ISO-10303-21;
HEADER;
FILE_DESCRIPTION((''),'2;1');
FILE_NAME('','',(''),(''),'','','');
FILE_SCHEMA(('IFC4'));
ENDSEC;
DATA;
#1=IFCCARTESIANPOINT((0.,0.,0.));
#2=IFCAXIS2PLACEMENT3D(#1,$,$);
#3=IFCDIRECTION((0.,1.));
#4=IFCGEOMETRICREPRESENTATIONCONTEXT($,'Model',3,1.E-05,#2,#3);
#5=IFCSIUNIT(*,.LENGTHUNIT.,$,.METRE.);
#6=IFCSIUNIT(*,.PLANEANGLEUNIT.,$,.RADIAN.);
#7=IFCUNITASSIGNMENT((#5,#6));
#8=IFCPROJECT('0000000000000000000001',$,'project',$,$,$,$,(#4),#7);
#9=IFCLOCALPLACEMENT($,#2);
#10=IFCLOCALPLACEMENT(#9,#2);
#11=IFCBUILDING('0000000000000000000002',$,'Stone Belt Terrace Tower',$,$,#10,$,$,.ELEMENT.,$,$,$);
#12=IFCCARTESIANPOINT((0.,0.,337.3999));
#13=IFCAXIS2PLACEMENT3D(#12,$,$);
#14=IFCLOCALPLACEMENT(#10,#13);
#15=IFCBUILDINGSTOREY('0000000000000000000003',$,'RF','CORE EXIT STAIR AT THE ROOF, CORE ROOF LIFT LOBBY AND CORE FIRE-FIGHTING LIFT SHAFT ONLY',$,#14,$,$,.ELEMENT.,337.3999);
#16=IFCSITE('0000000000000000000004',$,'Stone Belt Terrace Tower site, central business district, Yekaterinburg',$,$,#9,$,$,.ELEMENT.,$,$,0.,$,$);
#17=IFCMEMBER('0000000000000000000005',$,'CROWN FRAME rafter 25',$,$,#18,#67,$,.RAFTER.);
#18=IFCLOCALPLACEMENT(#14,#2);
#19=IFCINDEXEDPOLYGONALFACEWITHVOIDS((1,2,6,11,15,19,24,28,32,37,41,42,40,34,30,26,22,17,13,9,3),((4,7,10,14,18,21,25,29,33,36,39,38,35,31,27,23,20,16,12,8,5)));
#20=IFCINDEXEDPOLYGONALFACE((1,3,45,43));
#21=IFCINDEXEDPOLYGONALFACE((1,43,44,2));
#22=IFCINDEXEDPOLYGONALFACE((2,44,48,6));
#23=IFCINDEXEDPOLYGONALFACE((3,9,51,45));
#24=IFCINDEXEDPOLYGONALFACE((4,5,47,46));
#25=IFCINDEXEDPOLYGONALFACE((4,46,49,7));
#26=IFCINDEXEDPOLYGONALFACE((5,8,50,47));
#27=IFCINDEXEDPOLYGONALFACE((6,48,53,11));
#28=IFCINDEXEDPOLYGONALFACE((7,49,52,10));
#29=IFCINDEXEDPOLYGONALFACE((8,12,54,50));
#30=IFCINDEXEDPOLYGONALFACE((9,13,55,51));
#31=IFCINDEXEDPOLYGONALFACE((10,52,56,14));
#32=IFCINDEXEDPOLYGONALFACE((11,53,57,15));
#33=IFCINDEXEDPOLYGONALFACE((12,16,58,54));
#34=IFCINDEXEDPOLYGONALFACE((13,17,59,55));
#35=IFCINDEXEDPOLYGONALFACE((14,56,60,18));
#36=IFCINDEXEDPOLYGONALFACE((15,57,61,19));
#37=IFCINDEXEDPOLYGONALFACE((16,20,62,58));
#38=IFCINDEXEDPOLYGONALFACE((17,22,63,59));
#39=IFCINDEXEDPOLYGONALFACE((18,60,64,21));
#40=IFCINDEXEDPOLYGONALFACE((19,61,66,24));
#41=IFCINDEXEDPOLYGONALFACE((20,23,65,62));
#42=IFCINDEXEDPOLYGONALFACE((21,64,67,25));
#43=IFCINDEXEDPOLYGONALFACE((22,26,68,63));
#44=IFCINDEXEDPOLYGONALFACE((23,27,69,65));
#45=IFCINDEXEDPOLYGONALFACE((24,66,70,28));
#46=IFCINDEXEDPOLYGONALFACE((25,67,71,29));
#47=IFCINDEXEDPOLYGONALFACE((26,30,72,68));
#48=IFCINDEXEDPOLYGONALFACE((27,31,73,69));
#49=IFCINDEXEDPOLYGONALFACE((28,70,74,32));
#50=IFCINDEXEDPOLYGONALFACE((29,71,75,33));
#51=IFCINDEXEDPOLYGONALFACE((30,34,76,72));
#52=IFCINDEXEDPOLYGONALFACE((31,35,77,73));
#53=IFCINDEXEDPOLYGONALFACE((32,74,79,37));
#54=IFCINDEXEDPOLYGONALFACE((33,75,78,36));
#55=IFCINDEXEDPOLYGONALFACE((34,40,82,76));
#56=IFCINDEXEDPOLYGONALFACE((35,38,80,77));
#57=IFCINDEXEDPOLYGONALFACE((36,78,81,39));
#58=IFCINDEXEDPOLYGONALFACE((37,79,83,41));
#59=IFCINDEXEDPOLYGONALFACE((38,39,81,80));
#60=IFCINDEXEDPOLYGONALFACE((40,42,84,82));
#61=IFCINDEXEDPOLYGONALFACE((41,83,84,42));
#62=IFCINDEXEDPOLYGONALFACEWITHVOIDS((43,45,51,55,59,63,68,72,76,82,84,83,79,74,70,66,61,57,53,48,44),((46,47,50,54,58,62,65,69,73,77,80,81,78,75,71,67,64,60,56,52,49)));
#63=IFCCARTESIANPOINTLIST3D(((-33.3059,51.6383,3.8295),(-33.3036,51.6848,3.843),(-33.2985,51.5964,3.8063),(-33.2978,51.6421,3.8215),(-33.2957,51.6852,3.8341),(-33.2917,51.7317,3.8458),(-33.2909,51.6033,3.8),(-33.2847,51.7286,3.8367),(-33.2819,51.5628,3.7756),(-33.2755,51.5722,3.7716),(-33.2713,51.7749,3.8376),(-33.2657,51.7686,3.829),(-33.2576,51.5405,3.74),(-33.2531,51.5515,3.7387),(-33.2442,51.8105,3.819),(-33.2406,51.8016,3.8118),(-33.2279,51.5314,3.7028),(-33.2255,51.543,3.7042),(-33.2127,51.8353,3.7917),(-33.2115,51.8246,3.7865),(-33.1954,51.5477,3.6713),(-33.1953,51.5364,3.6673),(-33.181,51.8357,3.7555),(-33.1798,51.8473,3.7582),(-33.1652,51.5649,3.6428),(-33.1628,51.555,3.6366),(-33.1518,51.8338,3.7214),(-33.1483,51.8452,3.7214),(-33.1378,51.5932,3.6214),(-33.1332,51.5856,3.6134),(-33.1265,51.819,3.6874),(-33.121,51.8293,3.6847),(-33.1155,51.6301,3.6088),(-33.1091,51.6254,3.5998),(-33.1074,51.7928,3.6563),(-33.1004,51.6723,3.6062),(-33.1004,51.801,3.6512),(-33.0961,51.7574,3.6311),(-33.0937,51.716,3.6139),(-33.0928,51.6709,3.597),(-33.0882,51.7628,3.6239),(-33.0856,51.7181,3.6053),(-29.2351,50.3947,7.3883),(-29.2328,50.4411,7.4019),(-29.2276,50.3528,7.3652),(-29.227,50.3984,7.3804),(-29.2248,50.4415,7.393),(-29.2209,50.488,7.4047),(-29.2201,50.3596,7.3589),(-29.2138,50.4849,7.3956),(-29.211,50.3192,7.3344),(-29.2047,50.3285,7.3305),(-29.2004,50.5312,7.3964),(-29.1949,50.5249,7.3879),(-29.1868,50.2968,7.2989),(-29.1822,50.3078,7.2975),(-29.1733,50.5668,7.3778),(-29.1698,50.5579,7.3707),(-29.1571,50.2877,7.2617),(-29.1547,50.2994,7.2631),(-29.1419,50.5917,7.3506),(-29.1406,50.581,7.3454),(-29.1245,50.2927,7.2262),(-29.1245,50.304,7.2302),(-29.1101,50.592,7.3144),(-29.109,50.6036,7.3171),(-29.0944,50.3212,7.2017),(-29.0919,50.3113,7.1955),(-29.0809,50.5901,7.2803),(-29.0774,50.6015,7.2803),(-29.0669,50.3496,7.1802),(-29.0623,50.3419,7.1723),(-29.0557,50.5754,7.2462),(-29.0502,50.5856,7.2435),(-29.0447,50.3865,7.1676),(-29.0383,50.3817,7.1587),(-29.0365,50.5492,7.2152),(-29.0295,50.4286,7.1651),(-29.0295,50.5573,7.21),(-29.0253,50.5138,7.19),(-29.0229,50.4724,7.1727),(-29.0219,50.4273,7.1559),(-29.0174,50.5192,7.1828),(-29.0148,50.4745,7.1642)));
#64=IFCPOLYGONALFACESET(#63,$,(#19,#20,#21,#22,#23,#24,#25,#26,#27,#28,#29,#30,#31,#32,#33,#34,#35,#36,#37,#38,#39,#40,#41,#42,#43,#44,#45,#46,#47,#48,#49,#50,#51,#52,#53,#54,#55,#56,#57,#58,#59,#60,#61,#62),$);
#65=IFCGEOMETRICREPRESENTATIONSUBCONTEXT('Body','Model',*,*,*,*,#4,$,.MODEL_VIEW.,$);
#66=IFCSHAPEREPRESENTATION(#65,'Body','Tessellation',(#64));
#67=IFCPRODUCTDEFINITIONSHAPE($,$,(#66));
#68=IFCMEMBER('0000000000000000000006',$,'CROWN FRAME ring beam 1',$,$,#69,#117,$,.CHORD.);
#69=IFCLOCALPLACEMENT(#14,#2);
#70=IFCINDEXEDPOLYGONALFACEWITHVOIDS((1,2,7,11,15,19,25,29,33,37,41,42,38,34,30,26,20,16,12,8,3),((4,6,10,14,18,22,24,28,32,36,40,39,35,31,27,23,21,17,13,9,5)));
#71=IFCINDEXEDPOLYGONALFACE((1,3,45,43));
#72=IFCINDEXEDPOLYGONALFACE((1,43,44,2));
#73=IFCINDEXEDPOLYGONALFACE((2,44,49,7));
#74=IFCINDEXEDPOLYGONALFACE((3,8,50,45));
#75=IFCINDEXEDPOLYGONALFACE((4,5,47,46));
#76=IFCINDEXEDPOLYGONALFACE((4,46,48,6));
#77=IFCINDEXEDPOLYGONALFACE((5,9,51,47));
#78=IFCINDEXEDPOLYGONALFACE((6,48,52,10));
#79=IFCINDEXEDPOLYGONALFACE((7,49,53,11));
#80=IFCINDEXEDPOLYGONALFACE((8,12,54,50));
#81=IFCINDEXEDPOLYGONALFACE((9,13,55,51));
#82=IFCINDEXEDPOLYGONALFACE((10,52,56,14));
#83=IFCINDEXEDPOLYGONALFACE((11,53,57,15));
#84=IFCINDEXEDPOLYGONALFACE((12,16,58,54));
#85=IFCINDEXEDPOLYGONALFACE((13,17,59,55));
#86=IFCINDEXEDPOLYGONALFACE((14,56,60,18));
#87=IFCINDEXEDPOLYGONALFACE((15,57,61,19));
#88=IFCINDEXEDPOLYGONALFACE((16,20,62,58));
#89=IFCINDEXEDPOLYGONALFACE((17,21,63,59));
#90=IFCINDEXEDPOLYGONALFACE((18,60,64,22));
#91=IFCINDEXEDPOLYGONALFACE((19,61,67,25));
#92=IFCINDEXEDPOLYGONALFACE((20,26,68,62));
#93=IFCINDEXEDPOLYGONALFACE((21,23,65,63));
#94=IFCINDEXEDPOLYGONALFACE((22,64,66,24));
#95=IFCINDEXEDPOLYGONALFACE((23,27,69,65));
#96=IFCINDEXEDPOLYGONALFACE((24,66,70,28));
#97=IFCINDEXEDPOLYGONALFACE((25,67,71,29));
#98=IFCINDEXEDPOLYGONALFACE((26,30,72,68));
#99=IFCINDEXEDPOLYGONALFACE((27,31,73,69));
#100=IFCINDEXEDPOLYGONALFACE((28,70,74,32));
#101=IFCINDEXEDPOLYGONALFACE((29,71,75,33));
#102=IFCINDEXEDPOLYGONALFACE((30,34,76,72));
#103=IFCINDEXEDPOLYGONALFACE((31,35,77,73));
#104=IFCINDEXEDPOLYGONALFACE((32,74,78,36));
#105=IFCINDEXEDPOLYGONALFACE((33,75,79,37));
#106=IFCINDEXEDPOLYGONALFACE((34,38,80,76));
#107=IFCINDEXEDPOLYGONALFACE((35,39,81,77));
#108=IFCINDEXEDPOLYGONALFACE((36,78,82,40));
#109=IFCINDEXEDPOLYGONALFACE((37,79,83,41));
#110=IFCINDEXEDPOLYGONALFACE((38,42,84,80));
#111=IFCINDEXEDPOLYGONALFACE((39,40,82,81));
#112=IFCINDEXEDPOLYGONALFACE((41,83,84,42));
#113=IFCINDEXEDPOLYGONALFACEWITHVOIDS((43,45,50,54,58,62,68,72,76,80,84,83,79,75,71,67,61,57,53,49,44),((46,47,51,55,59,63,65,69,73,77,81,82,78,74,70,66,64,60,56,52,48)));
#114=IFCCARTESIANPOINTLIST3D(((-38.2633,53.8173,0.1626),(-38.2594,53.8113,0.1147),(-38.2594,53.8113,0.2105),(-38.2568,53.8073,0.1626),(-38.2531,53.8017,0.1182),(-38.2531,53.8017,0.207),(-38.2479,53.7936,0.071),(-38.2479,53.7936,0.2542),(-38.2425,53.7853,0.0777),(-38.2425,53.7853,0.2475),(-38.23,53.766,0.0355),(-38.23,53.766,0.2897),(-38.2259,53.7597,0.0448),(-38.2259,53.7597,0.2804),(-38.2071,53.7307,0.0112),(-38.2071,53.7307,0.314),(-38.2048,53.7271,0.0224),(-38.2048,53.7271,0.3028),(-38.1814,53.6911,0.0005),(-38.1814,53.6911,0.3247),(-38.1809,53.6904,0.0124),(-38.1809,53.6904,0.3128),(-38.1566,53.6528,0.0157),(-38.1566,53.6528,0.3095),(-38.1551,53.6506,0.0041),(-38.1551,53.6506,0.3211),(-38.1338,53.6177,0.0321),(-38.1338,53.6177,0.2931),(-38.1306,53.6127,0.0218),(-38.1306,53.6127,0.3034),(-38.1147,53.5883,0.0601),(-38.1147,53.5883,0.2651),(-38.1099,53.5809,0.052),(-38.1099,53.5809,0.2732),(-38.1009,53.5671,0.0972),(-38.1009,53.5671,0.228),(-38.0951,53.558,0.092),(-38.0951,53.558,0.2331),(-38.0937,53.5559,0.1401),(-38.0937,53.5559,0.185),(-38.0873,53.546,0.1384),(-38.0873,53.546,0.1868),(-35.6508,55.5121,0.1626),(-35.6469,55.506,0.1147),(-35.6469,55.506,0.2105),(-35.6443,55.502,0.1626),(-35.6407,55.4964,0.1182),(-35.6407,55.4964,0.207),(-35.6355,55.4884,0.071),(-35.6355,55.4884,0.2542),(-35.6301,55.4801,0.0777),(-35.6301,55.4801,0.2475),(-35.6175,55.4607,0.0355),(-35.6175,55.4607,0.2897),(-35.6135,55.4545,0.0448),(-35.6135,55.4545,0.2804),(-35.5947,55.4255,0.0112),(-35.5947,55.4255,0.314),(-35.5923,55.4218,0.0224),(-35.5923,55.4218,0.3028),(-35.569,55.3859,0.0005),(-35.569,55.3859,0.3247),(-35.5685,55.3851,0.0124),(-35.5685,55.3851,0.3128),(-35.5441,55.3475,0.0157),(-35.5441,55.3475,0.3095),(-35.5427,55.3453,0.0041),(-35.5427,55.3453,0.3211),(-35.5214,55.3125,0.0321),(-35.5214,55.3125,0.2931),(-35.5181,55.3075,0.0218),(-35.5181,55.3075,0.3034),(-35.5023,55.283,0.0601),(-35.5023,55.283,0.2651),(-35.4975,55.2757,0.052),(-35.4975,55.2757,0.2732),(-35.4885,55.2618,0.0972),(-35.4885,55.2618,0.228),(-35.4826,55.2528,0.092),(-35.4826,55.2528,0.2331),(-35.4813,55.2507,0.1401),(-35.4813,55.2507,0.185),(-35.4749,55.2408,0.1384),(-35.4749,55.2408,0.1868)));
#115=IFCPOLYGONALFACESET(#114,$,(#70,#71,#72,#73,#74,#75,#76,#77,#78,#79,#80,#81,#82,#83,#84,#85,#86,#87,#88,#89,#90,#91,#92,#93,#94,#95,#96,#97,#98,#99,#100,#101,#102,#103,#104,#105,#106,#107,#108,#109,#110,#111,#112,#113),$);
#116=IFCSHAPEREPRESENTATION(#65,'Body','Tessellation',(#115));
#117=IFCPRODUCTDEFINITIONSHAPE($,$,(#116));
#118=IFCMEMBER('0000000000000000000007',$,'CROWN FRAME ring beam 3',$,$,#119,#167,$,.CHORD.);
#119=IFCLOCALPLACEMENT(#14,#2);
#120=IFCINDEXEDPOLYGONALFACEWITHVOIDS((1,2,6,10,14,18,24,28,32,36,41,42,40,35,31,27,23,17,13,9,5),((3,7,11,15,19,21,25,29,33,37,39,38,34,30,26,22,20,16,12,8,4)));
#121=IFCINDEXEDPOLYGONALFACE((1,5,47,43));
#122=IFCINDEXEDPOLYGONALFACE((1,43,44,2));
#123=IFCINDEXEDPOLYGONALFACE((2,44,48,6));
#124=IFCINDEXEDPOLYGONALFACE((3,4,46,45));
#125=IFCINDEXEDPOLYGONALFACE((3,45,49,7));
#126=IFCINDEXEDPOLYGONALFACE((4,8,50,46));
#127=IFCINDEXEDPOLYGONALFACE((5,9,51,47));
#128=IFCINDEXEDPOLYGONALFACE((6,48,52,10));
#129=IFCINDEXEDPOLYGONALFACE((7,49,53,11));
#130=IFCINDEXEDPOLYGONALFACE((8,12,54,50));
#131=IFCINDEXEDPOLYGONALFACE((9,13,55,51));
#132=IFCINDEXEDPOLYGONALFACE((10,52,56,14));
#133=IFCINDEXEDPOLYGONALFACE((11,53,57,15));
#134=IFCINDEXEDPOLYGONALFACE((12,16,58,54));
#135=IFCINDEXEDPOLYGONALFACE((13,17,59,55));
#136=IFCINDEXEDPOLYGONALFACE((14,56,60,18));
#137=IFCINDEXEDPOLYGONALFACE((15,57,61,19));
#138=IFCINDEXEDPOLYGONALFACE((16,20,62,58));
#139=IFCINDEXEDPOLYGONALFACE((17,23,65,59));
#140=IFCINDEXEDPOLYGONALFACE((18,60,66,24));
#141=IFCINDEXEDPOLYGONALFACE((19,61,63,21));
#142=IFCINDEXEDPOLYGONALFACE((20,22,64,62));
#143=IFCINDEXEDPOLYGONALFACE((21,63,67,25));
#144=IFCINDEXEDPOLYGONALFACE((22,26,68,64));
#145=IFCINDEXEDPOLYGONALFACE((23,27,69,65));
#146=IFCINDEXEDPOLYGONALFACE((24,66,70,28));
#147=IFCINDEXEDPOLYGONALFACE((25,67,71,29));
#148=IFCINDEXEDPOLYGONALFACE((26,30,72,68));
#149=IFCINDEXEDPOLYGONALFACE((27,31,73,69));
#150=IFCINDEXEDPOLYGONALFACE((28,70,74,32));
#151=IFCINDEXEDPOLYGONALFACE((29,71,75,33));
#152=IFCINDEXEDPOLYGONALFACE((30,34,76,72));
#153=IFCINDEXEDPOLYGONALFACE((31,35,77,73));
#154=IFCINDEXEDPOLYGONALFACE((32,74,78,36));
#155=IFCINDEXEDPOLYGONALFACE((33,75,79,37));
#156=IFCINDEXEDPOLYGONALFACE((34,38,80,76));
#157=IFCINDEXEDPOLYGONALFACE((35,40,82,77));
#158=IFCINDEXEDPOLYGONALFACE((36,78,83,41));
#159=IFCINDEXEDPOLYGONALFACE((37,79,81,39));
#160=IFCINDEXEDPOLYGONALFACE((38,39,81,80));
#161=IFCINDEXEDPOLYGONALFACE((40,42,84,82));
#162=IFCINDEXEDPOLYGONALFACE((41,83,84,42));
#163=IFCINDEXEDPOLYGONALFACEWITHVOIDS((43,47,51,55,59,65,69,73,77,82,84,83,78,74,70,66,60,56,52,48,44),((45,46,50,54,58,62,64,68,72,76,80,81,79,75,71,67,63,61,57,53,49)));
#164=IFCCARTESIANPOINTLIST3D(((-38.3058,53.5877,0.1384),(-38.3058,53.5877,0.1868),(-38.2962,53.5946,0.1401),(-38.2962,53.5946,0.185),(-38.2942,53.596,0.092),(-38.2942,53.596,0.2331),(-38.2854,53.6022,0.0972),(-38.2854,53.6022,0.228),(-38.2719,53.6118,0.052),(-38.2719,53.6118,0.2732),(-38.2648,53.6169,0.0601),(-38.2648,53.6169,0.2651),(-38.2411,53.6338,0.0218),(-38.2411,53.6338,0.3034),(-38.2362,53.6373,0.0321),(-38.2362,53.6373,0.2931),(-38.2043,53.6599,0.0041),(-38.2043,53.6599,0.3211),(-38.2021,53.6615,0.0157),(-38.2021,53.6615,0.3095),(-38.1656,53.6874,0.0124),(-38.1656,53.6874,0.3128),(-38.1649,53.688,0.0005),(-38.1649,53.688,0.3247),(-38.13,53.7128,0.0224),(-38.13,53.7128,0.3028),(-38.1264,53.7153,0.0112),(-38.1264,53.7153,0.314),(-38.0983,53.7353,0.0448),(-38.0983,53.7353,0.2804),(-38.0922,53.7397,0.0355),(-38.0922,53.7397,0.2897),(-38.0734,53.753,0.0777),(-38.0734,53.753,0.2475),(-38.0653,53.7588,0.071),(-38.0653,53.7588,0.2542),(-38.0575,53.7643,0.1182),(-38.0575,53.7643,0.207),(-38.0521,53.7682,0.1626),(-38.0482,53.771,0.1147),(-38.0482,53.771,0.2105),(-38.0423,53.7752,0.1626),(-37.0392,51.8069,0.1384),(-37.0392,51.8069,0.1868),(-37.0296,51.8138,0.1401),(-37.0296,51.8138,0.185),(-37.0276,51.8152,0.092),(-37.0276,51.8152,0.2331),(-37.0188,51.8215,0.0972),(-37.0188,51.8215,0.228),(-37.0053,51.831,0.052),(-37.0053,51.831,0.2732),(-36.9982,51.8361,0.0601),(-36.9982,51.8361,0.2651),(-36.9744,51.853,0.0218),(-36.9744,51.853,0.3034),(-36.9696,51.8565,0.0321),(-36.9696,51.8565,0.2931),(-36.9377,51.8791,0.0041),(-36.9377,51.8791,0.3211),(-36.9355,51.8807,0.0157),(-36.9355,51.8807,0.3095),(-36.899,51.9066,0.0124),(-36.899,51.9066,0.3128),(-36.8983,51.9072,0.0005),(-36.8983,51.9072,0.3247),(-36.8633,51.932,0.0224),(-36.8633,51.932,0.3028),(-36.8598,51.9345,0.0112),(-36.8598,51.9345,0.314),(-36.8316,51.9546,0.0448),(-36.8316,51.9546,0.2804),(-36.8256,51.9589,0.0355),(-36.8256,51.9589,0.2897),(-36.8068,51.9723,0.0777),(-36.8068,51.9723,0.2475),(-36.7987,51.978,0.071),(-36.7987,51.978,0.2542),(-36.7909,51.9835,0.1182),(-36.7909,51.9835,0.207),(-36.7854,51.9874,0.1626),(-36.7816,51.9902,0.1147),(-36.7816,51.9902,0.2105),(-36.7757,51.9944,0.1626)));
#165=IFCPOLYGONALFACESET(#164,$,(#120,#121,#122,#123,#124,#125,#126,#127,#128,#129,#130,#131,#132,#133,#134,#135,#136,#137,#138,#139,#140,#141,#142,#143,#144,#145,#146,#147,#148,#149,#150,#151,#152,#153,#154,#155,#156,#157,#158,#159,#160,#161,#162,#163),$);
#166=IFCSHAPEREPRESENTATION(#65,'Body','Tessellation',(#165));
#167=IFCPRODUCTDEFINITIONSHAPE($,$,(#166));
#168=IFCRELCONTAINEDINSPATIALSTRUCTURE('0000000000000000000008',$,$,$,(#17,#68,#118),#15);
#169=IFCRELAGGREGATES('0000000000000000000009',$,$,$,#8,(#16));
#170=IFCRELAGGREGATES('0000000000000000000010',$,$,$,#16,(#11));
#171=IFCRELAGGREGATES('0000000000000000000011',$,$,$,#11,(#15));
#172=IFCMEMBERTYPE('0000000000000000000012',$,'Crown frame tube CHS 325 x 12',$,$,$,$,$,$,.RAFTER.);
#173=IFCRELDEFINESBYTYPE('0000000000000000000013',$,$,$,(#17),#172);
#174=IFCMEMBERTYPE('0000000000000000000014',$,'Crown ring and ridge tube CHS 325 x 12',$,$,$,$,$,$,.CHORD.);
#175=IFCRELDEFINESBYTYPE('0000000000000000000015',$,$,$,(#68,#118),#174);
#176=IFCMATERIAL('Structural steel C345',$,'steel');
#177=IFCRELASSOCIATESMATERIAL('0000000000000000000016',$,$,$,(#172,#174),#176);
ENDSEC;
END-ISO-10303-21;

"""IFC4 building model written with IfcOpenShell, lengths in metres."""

from ifc_helpers import new_model, si_unit, direction, frame, origin, origin_2d, place, context, subcontext, project, spatial, hollow_circle, extrude, material, material_profile, profile_set, type_object, element, save


model = new_model("IFC4")

# Units and contexts
model_context = context("Model", 3, precision=1e-05, world=origin(), true_north=direction((0.0, 1.0)))
body_context = subcontext(model_context, "Body", "Model", "MODEL_VIEW")
ifc_project = project(units=[si_unit("LENGTHUNIT", "METRE"), si_unit("PLANEANGLEUNIT", "RADIAN")], contexts=[model_context])

# Site, building, storey
site_placement = place(None, origin())
site = spatial("IfcSite", under=ifc_project, at=site_placement, Name="Stone Belt Terrace Tower site, central business district, Yekaterinburg", CompositionType="ELEMENT", RefElevation=0.0)
building_placement = place(site_placement, origin())
building = spatial("IfcBuilding", under=site, at=building_placement, Name="Stone Belt Terrace Tower", CompositionType="ELEMENT")
storey_placement = place(building_placement, frame((0.0, 0.0, 337.3999)))
storey = spatial("IfcBuildingStorey", under=building, at=storey_placement, Name="RF", Description="CORE EXIT STAIR AT THE ROOF, CORE ROOF LIFT LOBBY AND CORE FIRE-FIGHTING LIFT SHAFT ONLY", CompositionType="ELEMENT", Elevation=337.3999)

# Members
ifc_material_1 = material(Name="Structural steel C345", Category="steel")
ifc_material_profile_1 = material_profile(ifc_material_1, hollow_circle(Radius=0.1626, WallThickness=0.012, at=origin_2d()), Name="Structural steel C345 CHS 325x12")
ifc_profile_set_1 = profile_set([ifc_material_profile_1], Name="Structural steel C345")
member_type_1 = type_object("IfcMemberType", Name="Crown frame tube CHS 325 x 12", PredefinedType="RAFTER", material=ifc_profile_set_1)
member_1_placement = place(storey_placement, frame((-33.1958, 51.6897, 3.7214), z_axis=(0.733705, -0.224151, 0.641431), x_axis=(0.292175, 0.956365, 0.0)))
element("IfcMember", 1, at=member_1_placement, inside=storey, type_object=member_type_1, Name="CROWN FRAME rafter 25", PredefinedType="RAFTER", context=body_context, shape_type="SweptSolid", body=[
    extrude(hollow_circle(Radius=0.1626, WallThickness=0.012, at=origin_2d()), origin(), (0.0, 0.0, 1.0), 5.5483),
])
ifc_material_profile_2 = material_profile(ifc_material_1, hollow_circle(Radius=0.1626, WallThickness=0.012, at=origin_2d()), Name="Structural steel C345 CHS 325x12")
ifc_profile_set_2 = profile_set([ifc_material_profile_2], Name="Structural steel C345")
member_type_2 = type_object("IfcMemberType", Name="Crown ring and ridge tube CHS 325 x 12", PredefinedType="CHORD", material=ifc_profile_set_2)
member_2_placement = place(storey_placement, frame((-38.1748, 53.6809, 0.1626), z_axis=(0.838932, 0.544236, 0.0), x_axis=(-0.544236, 0.838932, 0.0)))
element("IfcMember", 2, at=member_2_placement, inside=storey, type_object=member_type_2, Name="CROWN FRAME ring beam 1", PredefinedType="CHORD", context=body_context, shape_type="SweptSolid", body=[
    extrude(hollow_circle(Radius=0.1626, WallThickness=0.012, at=origin_2d()), origin(), (0.0, 0.0, 1.0), 3.114),
])
member_3_placement = place(storey_placement, frame((-38.1748, 53.6809, 0.1626), z_axis=(0.57961, -0.814894, 0.0), x_axis=(0.814894, 0.57961, 0.0)))
element("IfcMember", 3, at=member_3_placement, inside=storey, type_object=member_type_2, Name="CROWN FRAME ring beam 3", PredefinedType="CHORD", context=body_context, shape_type="SweptSolid", body=[
    extrude(hollow_circle(Radius=0.1626, WallThickness=0.012, at=origin_2d()), origin(), (0.0, 0.0, 1.0), 2.1853),
])

save(model, "model.ifc")
